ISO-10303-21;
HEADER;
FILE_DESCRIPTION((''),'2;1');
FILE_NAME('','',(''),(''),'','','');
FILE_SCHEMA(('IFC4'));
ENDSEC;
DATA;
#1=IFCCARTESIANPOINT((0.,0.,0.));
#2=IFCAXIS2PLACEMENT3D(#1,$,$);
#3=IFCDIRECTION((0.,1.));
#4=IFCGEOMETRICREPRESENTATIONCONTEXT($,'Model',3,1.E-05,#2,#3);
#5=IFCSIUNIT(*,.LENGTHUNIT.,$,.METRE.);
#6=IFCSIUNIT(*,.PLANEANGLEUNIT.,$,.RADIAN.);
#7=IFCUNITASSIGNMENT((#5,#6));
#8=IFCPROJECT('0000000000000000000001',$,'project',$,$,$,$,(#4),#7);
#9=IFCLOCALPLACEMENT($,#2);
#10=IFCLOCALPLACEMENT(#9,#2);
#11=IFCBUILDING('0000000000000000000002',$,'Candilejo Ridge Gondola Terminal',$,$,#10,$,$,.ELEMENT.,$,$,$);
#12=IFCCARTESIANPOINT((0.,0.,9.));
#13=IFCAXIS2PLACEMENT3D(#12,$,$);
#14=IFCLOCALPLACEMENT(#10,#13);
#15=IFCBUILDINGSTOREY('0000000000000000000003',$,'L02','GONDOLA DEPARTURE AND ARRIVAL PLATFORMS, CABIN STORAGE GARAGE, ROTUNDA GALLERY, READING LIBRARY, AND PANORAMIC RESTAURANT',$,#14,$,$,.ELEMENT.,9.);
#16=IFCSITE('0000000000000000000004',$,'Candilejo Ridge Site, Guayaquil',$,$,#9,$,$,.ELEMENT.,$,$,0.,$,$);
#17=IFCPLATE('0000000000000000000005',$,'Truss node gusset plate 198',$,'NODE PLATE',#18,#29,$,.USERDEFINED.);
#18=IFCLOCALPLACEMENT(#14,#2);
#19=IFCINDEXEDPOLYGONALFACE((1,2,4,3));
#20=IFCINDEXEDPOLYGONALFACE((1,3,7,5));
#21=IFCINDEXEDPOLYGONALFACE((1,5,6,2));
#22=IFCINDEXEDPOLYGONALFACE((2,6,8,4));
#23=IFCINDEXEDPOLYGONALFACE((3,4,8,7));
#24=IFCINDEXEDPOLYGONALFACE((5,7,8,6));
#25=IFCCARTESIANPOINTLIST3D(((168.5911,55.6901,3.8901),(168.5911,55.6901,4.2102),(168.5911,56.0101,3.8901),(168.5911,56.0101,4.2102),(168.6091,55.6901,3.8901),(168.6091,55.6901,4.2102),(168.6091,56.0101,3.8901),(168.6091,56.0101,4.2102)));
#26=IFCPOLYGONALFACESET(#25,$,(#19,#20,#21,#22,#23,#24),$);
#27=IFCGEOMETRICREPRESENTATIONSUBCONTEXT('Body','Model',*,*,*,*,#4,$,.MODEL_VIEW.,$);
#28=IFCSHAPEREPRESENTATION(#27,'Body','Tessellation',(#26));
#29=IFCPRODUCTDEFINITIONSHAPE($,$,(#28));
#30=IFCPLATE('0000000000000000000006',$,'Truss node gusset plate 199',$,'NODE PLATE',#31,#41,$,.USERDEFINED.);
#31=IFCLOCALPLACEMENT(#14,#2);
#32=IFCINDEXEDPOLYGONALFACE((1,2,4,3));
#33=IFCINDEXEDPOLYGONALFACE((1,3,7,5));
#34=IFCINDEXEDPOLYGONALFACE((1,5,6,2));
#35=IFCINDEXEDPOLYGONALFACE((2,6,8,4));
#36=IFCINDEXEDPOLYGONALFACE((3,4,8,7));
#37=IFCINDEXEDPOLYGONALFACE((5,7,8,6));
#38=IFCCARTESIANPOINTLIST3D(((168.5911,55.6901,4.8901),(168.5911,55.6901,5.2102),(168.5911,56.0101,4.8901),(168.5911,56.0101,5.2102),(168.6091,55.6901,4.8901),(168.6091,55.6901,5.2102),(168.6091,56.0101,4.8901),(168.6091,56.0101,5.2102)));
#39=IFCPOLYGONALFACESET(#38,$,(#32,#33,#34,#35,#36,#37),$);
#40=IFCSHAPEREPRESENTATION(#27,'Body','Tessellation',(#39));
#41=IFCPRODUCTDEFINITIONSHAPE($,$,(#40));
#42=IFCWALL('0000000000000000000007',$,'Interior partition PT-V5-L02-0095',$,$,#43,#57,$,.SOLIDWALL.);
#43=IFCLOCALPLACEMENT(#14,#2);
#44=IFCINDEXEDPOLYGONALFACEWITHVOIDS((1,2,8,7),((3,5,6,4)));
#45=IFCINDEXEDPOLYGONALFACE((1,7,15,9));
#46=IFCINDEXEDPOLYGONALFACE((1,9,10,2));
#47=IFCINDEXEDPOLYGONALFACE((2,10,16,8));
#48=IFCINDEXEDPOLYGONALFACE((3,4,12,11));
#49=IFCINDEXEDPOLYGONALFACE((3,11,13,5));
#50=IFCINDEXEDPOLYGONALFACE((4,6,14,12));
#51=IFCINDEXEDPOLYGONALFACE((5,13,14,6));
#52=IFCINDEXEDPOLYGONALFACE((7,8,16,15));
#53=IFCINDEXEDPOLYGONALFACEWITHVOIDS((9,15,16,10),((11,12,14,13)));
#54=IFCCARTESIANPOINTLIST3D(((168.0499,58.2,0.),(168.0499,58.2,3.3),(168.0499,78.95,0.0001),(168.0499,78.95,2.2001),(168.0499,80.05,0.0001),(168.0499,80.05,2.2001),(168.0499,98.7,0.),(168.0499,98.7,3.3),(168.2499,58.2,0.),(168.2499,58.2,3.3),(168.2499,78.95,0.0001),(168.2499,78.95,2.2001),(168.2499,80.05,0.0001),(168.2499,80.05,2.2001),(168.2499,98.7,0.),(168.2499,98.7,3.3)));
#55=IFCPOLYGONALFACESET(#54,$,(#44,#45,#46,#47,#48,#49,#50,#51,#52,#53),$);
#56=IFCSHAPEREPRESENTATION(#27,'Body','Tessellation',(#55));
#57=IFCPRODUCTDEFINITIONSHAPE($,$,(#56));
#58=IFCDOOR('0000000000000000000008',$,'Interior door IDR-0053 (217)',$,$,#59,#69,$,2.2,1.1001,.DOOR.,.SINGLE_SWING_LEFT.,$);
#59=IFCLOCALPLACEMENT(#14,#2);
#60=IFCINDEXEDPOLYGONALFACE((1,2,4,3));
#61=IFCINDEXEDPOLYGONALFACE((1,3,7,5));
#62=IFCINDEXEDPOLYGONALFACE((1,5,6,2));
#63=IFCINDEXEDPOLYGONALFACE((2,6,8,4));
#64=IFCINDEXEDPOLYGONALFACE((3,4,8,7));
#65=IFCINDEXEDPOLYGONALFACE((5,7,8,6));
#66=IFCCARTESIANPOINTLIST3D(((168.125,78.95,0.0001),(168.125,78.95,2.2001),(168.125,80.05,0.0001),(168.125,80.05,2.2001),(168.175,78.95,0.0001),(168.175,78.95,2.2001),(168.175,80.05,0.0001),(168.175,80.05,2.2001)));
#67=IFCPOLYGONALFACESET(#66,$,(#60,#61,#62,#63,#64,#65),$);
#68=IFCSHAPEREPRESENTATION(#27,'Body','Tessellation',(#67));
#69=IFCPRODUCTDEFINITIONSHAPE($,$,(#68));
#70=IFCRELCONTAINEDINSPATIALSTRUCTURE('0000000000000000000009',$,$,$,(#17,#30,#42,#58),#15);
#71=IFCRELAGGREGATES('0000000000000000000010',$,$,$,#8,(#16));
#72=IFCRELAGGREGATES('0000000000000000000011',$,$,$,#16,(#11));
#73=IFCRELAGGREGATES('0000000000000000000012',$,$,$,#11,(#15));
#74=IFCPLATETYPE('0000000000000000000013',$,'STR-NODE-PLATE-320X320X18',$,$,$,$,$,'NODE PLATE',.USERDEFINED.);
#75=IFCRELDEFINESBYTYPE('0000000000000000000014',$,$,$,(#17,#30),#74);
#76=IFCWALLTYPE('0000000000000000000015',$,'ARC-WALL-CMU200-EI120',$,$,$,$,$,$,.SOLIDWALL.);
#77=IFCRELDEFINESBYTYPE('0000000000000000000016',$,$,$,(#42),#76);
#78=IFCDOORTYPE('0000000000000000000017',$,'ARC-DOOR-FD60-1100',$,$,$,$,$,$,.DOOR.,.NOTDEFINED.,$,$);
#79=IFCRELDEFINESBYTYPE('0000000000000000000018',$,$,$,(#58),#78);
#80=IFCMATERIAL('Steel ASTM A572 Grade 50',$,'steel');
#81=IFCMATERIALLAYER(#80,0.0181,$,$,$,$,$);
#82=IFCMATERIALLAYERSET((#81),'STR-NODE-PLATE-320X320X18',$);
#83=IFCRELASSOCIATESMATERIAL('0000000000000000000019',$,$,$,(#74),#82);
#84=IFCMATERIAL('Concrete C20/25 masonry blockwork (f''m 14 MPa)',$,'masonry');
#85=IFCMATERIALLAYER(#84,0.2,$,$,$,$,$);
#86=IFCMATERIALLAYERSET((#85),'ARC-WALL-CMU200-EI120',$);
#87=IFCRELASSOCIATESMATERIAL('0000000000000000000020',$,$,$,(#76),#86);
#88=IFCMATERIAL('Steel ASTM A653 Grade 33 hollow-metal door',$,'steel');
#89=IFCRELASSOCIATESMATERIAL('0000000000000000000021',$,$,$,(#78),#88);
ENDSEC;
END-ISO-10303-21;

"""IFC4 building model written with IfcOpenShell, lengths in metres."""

from ifc_helpers import new_model, si_unit, direction, frame, frame_2d, origin, origin_2d, place, context, subcontext, project, spatial, rectangle, extrude, material, layer, layer_set, type_object, element, fill, save


model = new_model("IFC4")

# Units and contexts
model_context = context("Model", 3, precision=1e-05, world=origin(), true_north=direction((0.0, 1.0)))
body_context = subcontext(model_context, "Body", "Model", "MODEL_VIEW")
ifc_project = project(units=[si_unit("LENGTHUNIT", "METRE"), si_unit("PLANEANGLEUNIT", "RADIAN")], contexts=[model_context])

# Site, building, storey
site_placement = place(None, origin())
site = spatial("IfcSite", under=ifc_project, at=site_placement, Name="Candilejo Ridge Site, Guayaquil", CompositionType="ELEMENT", RefElevation=0.0)
building_placement = place(site_placement, origin())
building = spatial("IfcBuilding", under=site, at=building_placement, Name="Candilejo Ridge Gondola Terminal", CompositionType="ELEMENT")
storey_placement = place(building_placement, frame((0.0, 0.0, 9.0)))
storey = spatial("IfcBuildingStorey", under=building, at=storey_placement, Name="L02", Description="GONDOLA DEPARTURE AND ARRIVAL PLATFORMS, CABIN STORAGE GARAGE, ROTUNDA GALLERY, READING LIBRARY, AND PANORAMIC RESTAURANT", CompositionType="ELEMENT", Elevation=9.0)

# Plates
ifc_material_1 = material(Name="Steel ASTM A572 Grade 50", Category="steel")
ifc_layer_1 = layer(ifc_material_1, 0.0181)
ifc_layer_set_1 = layer_set([ifc_layer_1], Name="STR-NODE-PLATE-320X320X18")
plate_type_1 = type_object("IfcPlateType", Name="STR-NODE-PLATE-320X320X18", ElementType="NODE PLATE", PredefinedType="USERDEFINED", material=ifc_layer_set_1)
for number, where, z_axis, x_axis, name in (
    (1, (168.6001, 55.8501, 3.8901), (0.0, 0.0, 1.0), (1.0, 0.0, 0.0), "Truss node gusset plate 198"),
    (2, (168.6001, 55.8501, 4.8901), (0.0, 0.0, 1.0), (1.0, 0.0, 0.0), "Truss node gusset plate 199"),
):
    element("IfcPlate", number, at=place(storey_placement, frame(where, z_axis=z_axis, x_axis=x_axis)), inside=storey, type_object=plate_type_1, Name=name, ObjectType="NODE PLATE", PredefinedType="USERDEFINED", context=body_context, shape_type="SweptSolid", body=[
        extrude(rectangle(XDim=0.0181, YDim=0.3201, at=origin_2d()), origin(), (0.0, 0.0, 1.0), 0.3201),
    ])

# Wall, opening, door
ifc_material_2 = material(Name="Concrete C20/25 masonry blockwork (f'm 14 MPa)", Category="masonry")
ifc_layer_2 = layer(ifc_material_2, 0.2)
ifc_layer_set_2 = layer_set([ifc_layer_2], Name="ARC-WALL-CMU200-EI120")
wall_type = type_object("IfcWallType", Name="ARC-WALL-CMU200-EI120", PredefinedType="SOLIDWALL", material=ifc_layer_set_2)
wall_placement = place(storey_placement, frame((168.1499, 58.2, 0.0), z_axis=(0.0, 0.0, 1.0), x_axis=(0.0, 1.0, 0.0)))
wall = element("IfcWall", 3, at=wall_placement, inside=storey, type_object=wall_type, Name="Interior partition PT-V5-L02-0095", PredefinedType="SOLIDWALL", context=body_context, shape_type="SweptSolid", body=[
    extrude(rectangle(XDim=40.5, YDim=0.2, at=frame_2d((20.25, 0.0))), origin(), (0.0, 0.0, 1.0), 3.3),
])
opening_placement = place(wall_placement, frame((20.75, 0.0, 0.0)))
opening = element("IfcOpeningElement", 4, at=opening_placement, cuts=wall, PredefinedType="OPENING", context=body_context, shape_type="SweptSolid", body=[
    extrude(rectangle(XDim=1.1001, YDim=2.2, at=frame_2d((0.55, 1.1001))), frame((0.0, 0.1099, 0.0), z_axis=(0.0, -1.0, 0.0), x_axis=(1.0, 0.0, 0.0)), (0.0, 0.0, 1.0), 0.22),
])
ifc_material_3 = material(Name="Steel ASTM A653 Grade 33 hollow-metal door", Category="steel")
door_type = type_object("IfcDoorType", Name="ARC-DOOR-FD60-1100", OperationType="NOTDEFINED", PredefinedType="DOOR", material=ifc_material_3)
door_placement = place(opening_placement, origin())
door = element("IfcDoor", 5, at=door_placement, inside=storey, type_object=door_type, Name="Interior door IDR-0053 (217)", OperationType="SINGLE_SWING_LEFT", OverallHeight=2.2, OverallWidth=1.1001, PredefinedType="DOOR", context=body_context, shape_type="SweptSolid", body=[
    extrude(rectangle(XDim=1.1001, YDim=2.2, at=frame_2d((0.55, 1.1001))), frame((0.0, 0.0249, 0.0), z_axis=(0.0, -1.0, 0.0), x_axis=(1.0, 0.0, 0.0)), (0.0, 0.0, 1.0), 0.05),
])
fill(opening, door)

save(model, "model.ifc")
